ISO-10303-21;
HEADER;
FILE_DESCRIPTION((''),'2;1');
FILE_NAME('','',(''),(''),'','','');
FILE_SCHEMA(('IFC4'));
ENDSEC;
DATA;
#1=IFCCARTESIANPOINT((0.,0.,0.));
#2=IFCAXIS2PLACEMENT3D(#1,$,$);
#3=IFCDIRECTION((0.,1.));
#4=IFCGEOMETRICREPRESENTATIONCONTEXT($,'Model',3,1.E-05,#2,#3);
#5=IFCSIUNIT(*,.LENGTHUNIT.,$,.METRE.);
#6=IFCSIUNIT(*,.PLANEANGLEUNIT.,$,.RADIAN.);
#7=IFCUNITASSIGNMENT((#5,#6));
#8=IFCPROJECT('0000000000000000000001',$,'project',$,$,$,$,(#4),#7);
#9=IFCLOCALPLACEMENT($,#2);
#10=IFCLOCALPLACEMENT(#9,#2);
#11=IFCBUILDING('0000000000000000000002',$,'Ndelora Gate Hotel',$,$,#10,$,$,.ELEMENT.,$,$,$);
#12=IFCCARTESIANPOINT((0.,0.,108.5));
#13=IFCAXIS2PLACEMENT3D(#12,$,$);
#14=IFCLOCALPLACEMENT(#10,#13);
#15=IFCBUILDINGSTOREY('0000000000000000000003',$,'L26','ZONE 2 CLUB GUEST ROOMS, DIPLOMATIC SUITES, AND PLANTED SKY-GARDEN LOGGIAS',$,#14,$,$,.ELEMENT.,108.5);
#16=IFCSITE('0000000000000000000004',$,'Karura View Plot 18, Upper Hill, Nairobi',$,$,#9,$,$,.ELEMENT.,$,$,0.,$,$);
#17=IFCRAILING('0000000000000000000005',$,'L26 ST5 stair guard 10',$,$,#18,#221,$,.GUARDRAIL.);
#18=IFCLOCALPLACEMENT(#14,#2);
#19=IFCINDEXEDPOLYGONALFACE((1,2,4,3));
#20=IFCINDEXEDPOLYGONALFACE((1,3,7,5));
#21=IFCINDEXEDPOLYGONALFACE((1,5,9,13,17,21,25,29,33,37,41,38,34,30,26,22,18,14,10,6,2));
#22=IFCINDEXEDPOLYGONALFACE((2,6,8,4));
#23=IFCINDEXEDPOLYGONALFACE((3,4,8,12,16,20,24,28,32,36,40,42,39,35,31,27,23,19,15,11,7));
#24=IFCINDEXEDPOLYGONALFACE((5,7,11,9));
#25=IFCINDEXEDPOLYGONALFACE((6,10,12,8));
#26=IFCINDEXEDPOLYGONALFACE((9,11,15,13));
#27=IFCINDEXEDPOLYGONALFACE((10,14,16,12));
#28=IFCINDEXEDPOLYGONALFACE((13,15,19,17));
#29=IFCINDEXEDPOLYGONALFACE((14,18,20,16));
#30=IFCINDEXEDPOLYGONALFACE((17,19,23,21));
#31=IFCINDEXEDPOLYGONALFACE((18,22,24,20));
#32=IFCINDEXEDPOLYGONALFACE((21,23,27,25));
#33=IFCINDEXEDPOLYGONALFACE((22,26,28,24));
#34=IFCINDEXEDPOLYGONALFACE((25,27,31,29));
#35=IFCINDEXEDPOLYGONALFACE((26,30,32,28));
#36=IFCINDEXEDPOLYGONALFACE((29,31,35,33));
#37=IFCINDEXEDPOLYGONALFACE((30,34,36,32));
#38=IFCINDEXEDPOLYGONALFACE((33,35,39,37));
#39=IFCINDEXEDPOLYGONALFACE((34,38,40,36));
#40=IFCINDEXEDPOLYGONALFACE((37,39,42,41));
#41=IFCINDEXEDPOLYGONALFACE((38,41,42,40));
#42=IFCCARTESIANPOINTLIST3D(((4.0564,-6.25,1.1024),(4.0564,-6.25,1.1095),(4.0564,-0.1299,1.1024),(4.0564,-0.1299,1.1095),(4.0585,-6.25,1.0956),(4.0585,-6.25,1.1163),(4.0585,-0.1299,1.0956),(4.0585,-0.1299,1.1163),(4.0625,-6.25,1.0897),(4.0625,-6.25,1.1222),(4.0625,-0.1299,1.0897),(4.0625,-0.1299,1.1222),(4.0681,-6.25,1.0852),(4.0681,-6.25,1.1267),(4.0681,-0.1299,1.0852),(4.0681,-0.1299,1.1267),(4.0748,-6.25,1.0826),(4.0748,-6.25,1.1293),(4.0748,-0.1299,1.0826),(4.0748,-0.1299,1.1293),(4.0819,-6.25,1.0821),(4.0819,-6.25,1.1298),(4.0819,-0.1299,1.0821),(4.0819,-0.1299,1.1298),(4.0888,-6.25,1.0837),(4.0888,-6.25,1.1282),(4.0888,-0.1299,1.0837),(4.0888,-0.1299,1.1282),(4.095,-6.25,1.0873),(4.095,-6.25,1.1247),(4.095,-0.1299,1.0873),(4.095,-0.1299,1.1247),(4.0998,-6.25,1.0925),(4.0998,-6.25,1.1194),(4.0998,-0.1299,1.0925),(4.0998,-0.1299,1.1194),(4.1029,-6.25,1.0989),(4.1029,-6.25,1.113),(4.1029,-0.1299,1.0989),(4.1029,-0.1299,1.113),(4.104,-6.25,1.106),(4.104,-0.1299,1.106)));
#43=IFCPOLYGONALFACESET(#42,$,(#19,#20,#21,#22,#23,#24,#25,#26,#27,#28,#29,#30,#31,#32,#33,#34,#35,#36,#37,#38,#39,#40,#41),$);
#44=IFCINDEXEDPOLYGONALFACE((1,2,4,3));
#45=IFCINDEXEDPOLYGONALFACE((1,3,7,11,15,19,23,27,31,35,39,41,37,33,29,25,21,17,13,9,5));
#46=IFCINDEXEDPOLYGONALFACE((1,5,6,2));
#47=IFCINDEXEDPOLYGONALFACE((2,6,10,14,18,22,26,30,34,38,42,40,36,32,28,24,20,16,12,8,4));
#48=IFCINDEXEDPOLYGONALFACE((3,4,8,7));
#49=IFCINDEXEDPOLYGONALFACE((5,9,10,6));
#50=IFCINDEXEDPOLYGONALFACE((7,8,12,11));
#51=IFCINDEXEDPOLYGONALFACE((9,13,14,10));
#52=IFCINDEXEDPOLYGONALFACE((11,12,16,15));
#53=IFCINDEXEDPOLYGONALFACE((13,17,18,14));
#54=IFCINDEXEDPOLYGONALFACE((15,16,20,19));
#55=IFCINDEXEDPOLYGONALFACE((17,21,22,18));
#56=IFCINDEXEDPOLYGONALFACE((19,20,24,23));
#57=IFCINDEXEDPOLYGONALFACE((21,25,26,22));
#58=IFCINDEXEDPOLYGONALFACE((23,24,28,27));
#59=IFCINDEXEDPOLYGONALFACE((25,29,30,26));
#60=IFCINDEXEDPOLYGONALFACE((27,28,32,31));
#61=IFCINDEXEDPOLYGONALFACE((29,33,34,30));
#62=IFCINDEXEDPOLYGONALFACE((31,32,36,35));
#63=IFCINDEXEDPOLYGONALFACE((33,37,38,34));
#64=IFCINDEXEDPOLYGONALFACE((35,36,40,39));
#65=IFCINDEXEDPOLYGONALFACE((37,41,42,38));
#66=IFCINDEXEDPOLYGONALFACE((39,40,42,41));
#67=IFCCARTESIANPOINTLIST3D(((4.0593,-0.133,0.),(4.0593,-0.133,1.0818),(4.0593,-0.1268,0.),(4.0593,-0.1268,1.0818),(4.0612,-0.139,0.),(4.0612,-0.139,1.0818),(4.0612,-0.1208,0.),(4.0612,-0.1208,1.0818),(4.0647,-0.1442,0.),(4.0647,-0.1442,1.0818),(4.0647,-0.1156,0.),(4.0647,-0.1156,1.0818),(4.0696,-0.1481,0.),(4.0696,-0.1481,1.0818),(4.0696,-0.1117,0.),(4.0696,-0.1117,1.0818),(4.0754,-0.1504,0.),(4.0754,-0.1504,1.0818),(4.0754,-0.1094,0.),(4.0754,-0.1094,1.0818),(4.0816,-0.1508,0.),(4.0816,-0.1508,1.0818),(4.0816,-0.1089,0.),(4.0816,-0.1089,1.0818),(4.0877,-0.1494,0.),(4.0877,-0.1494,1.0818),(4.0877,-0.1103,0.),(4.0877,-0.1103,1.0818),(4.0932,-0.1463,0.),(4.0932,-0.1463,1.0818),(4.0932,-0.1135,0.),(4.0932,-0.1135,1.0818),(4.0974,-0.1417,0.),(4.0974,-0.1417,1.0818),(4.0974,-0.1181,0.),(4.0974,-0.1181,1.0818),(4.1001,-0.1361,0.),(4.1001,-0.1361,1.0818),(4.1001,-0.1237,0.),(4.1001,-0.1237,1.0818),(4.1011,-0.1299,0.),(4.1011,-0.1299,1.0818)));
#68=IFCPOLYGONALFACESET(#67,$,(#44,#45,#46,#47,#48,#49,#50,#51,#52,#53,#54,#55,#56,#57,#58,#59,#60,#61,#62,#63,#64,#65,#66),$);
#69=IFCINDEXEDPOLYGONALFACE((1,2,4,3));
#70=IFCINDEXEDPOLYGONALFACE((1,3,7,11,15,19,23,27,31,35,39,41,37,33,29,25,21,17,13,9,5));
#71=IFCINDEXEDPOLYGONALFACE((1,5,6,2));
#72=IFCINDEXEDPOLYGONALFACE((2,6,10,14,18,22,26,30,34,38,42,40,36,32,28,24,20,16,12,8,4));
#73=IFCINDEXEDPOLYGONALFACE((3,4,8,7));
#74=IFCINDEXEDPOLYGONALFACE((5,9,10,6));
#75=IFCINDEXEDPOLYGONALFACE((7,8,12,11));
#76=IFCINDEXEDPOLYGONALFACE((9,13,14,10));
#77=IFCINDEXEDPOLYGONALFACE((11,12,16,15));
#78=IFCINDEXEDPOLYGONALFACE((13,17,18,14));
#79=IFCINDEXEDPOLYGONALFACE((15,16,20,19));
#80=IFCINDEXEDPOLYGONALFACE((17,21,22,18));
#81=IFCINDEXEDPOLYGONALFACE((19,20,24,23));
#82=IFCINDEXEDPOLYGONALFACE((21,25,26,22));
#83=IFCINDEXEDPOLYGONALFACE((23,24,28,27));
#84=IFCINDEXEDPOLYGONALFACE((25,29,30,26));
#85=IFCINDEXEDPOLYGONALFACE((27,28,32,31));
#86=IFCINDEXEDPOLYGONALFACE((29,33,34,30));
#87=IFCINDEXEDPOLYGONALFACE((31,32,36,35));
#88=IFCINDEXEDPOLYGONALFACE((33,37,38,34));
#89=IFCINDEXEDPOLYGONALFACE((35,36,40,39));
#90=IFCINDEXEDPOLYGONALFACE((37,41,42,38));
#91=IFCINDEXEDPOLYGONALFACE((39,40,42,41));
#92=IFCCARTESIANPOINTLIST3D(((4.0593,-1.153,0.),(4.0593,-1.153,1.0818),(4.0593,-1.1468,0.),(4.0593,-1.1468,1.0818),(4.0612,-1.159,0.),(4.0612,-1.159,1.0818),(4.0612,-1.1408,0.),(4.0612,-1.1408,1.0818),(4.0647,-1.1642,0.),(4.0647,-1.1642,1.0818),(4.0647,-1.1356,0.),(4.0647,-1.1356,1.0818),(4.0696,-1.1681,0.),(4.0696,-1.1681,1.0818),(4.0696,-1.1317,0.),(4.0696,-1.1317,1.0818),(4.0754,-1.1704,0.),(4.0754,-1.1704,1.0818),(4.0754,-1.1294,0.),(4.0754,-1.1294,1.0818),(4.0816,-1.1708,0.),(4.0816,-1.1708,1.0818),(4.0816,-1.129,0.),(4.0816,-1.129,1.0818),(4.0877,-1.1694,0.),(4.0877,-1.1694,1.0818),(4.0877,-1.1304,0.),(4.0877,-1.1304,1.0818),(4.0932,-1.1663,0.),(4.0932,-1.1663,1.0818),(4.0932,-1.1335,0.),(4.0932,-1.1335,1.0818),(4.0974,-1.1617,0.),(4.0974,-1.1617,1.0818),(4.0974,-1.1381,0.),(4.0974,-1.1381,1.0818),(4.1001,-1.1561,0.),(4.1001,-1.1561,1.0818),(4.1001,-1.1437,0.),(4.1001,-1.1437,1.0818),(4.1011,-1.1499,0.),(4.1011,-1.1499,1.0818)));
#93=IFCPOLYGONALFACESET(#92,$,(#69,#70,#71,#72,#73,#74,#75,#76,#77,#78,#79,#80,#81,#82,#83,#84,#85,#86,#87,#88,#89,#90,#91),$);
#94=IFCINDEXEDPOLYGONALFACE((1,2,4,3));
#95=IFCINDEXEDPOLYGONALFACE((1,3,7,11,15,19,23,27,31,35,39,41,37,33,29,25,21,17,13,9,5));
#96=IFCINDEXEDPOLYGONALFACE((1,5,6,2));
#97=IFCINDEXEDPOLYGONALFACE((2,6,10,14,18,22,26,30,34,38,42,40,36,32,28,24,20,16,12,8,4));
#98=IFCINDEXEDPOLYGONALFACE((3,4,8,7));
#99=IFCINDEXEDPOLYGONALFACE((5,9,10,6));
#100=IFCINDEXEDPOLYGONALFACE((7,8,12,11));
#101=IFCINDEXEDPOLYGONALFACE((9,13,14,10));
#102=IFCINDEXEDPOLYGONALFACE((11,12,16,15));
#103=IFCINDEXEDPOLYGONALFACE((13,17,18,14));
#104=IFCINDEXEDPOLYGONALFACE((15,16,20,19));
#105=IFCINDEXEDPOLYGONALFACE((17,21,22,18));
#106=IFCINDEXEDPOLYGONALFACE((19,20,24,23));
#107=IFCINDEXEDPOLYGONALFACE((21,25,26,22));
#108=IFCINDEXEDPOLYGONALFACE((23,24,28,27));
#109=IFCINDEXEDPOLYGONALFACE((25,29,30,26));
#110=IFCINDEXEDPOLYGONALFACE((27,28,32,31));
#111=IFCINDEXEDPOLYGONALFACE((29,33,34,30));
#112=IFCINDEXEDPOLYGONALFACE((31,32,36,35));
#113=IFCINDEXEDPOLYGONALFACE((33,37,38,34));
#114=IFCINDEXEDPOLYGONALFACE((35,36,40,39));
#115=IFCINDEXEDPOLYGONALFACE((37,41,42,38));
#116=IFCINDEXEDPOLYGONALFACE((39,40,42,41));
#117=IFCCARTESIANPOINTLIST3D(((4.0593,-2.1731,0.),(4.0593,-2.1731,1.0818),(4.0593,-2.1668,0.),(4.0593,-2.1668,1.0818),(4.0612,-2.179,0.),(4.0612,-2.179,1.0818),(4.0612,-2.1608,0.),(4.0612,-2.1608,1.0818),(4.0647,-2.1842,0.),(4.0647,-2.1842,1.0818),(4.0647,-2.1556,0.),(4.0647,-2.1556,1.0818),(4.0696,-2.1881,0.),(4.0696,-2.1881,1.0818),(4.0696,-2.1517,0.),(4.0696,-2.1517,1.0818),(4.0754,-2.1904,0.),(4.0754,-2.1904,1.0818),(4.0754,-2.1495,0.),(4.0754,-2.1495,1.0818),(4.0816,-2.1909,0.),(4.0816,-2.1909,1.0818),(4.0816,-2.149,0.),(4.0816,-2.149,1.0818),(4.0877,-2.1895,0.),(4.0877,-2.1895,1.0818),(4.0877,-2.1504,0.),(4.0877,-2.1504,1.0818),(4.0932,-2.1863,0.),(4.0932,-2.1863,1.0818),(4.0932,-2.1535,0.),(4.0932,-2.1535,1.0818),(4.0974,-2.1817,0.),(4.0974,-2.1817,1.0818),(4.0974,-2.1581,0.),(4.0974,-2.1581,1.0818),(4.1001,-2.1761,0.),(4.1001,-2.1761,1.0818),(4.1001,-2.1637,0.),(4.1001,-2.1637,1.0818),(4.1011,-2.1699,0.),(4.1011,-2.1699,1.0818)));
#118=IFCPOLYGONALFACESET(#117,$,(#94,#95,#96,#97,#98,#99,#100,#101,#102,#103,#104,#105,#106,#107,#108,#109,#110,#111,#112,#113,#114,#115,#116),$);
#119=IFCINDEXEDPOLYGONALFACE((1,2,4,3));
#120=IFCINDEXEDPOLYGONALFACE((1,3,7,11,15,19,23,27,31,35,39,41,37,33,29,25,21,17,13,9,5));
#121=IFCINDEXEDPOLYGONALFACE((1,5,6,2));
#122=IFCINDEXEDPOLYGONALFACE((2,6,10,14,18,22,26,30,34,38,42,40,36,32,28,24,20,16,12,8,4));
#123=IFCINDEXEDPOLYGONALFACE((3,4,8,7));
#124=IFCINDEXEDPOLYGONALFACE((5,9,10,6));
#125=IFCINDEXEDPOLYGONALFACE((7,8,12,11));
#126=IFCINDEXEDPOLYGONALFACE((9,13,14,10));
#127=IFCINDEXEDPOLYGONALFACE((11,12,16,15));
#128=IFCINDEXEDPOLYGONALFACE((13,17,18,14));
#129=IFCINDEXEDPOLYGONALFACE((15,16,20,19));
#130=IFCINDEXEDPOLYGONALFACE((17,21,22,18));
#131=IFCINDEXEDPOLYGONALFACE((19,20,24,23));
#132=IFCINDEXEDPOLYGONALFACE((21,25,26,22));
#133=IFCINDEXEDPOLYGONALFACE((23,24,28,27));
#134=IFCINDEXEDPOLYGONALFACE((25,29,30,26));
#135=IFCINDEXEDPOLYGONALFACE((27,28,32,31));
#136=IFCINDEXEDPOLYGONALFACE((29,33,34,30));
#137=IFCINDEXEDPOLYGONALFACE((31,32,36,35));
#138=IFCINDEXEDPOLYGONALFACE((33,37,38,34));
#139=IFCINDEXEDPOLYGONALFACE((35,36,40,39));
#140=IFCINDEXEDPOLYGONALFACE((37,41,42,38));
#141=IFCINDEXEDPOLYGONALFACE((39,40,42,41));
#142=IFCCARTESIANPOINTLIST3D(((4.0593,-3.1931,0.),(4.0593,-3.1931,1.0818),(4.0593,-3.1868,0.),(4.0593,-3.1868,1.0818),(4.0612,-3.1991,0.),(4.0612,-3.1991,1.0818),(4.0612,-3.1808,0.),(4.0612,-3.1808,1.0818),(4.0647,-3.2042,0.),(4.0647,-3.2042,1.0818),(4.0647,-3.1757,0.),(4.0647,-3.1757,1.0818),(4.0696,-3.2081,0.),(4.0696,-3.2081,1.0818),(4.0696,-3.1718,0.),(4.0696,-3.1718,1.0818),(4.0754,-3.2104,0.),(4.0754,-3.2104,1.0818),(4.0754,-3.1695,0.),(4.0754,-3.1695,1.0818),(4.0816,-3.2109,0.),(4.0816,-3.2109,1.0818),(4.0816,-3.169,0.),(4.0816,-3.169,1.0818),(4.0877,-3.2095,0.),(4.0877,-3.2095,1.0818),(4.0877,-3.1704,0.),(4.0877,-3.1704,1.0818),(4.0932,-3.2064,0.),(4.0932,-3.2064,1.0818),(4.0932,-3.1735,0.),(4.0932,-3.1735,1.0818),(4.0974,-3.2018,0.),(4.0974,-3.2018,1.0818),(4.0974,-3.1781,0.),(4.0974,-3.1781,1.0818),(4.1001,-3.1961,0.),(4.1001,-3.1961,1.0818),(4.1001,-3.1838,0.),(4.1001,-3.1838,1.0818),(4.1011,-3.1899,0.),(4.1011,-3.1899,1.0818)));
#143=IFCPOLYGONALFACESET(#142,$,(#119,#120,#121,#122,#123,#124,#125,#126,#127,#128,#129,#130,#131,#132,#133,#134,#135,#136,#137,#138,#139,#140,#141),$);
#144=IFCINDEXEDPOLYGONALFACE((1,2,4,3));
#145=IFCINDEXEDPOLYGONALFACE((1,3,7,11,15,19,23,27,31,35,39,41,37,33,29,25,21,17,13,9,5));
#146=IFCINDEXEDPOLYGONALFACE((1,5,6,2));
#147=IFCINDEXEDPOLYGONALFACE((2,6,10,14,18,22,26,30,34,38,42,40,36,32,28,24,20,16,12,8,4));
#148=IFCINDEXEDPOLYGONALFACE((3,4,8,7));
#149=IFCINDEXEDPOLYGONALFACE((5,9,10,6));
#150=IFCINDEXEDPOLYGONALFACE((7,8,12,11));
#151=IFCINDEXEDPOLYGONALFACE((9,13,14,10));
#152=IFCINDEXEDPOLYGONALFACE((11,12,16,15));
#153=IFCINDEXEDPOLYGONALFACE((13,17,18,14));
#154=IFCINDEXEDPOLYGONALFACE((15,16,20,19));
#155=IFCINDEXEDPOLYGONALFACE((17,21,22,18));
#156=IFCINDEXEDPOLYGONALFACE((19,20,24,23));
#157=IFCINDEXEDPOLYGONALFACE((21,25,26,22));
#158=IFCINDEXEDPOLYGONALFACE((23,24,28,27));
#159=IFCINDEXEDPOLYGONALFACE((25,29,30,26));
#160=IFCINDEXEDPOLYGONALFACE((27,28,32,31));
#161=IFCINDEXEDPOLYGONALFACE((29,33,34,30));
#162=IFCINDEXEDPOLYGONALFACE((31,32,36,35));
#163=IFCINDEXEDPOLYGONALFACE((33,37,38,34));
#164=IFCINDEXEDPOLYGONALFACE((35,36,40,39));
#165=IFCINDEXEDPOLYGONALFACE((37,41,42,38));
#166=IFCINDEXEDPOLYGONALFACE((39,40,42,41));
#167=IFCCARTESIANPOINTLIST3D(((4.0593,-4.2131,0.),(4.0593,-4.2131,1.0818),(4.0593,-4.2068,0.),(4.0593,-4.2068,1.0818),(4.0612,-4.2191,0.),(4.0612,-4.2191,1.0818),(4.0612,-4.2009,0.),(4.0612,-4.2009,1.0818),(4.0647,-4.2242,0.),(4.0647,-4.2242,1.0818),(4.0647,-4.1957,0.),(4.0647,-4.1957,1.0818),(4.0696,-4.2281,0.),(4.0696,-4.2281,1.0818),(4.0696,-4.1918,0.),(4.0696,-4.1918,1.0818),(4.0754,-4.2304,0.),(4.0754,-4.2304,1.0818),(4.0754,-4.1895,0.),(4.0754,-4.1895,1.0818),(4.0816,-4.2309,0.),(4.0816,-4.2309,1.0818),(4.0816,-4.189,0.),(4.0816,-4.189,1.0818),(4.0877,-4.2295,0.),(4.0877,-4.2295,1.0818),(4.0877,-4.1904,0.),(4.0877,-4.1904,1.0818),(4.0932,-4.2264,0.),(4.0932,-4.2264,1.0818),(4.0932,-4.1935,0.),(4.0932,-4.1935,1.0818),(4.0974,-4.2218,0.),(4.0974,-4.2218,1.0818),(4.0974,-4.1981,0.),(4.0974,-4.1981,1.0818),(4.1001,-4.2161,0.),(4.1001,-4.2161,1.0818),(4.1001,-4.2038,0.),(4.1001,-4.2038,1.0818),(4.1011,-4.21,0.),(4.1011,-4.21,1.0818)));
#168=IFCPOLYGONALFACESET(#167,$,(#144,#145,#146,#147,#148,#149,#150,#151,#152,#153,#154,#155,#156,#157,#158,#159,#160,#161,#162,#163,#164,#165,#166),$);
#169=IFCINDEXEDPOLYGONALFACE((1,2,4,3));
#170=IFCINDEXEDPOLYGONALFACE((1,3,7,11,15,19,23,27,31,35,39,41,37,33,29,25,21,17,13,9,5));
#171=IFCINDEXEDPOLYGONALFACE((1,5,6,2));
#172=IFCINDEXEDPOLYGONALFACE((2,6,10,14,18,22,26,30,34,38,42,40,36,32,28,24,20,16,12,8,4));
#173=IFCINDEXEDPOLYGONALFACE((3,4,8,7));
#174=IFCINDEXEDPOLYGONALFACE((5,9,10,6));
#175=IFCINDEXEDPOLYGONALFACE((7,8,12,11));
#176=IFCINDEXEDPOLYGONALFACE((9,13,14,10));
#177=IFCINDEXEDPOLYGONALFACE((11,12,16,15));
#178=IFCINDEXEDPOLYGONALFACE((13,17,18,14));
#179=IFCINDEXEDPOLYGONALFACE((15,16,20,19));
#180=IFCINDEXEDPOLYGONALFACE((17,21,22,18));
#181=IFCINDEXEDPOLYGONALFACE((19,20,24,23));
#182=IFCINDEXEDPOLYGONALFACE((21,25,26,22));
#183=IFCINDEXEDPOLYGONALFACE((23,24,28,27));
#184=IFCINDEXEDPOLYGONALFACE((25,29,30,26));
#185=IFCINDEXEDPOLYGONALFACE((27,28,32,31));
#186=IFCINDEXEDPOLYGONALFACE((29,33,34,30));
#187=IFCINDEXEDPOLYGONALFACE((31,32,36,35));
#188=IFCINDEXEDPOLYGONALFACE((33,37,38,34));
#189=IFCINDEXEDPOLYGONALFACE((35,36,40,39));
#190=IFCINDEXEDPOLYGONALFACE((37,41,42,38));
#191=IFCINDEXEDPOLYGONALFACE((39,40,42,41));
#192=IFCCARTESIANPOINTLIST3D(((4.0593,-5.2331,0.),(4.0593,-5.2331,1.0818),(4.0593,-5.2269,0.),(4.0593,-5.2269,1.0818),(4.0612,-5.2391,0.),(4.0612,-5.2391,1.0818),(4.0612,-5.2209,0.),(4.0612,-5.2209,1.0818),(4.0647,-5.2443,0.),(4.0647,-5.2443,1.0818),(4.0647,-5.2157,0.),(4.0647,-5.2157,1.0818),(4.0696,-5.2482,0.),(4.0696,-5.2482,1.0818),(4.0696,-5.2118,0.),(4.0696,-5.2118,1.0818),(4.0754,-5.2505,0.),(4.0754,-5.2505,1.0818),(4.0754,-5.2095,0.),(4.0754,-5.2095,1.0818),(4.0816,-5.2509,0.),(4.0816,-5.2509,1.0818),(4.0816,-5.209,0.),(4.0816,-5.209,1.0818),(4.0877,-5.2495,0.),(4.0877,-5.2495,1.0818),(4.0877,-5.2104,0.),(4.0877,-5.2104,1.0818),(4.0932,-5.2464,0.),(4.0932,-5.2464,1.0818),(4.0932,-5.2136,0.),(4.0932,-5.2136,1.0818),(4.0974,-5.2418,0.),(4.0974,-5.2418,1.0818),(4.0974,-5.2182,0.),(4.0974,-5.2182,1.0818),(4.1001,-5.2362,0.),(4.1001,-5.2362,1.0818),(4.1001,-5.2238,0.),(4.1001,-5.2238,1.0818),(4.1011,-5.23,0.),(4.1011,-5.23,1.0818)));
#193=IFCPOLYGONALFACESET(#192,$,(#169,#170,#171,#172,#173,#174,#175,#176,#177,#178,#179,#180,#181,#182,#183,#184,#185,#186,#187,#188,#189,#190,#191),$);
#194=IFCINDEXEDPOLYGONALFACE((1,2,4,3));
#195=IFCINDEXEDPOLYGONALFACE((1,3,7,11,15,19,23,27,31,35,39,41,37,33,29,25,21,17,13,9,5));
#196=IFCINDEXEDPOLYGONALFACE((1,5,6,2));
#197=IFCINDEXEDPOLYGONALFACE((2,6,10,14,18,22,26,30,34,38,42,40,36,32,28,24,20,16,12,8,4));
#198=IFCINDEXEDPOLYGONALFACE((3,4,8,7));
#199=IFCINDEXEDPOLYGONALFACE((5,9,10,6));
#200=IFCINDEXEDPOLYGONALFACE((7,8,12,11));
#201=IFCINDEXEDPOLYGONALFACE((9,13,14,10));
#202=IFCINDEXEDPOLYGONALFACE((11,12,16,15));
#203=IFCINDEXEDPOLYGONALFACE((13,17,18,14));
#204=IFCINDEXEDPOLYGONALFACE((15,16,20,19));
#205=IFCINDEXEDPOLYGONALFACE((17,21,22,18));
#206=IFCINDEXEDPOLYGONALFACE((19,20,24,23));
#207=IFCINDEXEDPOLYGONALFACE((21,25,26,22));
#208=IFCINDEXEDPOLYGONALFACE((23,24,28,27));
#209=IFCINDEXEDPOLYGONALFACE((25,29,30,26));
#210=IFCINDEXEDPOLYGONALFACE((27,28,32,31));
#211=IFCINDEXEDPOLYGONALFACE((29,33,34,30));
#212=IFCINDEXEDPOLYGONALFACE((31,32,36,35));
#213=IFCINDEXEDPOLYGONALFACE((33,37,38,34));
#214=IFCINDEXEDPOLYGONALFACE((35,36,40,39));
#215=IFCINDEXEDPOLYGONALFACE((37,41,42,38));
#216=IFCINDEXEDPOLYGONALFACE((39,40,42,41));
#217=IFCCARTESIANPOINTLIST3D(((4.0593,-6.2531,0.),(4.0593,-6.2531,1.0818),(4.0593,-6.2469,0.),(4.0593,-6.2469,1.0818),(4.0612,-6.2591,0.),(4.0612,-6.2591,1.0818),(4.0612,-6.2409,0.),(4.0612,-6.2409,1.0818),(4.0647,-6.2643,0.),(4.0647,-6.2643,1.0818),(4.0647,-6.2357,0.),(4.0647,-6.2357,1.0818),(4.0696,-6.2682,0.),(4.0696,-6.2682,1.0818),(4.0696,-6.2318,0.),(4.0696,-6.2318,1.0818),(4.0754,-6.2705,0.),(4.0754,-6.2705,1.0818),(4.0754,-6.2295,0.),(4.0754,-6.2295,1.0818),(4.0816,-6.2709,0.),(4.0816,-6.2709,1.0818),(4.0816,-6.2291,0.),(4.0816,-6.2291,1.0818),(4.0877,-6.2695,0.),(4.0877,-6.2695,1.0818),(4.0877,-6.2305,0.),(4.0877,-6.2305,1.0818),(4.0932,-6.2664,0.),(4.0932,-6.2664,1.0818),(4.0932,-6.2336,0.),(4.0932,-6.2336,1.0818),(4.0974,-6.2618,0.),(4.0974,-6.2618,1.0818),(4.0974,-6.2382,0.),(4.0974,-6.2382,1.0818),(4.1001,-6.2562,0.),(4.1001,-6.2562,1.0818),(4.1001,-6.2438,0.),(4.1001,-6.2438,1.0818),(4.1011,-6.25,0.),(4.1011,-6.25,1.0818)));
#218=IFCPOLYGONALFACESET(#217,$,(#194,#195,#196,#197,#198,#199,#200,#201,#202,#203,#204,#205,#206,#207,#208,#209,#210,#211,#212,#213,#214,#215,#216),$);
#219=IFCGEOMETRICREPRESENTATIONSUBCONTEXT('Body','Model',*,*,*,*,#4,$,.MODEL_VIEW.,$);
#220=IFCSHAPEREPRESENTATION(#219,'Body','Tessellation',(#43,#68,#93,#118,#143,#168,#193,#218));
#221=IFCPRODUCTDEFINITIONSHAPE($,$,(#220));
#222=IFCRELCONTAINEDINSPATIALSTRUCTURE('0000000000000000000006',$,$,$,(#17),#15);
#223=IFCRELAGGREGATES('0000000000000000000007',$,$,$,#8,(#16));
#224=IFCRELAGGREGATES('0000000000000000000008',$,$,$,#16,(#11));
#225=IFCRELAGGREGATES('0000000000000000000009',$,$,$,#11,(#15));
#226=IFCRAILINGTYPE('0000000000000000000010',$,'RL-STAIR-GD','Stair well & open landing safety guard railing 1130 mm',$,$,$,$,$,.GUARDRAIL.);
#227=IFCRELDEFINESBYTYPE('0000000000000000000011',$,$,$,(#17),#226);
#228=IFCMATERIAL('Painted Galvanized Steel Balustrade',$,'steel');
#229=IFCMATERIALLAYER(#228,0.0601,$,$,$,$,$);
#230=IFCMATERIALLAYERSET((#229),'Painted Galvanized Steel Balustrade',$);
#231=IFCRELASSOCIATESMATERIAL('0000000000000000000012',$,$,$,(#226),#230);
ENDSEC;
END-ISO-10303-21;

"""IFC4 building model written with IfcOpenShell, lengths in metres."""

from ifc_helpers import new_model, si_unit, direction, frame, origin, origin_2d, place, context, subcontext, project, spatial, circle, extrude, material, layer, layer_set, type_object, element, save


model = new_model("IFC4")

# Units and contexts
model_context = context("Model", 3, precision=1e-05, world=origin(), true_north=direction((0.0, 1.0)))
body_context = subcontext(model_context, "Body", "Model", "MODEL_VIEW")
ifc_project = project(units=[si_unit("LENGTHUNIT", "METRE"), si_unit("PLANEANGLEUNIT", "RADIAN")], contexts=[model_context])

# Site, building, storey
site_placement = place(None, origin())
site = spatial("IfcSite", under=ifc_project, at=site_placement, Name="Karura View Plot 18, Upper Hill, Nairobi", CompositionType="ELEMENT", RefElevation=0.0)
building_placement = place(site_placement, origin())
building = spatial("IfcBuilding", under=site, at=building_placement, Name="Ndelora Gate Hotel", CompositionType="ELEMENT")
storey_placement = place(building_placement, frame((0.0, 0.0, 108.5)))
storey = spatial("IfcBuildingStorey", under=building, at=storey_placement, Name="L26", Description="ZONE 2 CLUB GUEST ROOMS, DIPLOMATIC SUITES, AND PLANTED SKY-GARDEN LOGGIAS", CompositionType="ELEMENT", Elevation=108.5)

# Railing
ifc_material_1 = material(Name="Painted Galvanized Steel Balustrade", Category="steel")
ifc_layer_1 = layer(ifc_material_1, 0.0601)
ifc_layer_set_1 = layer_set([ifc_layer_1], Name="Painted Galvanized Steel Balustrade")
railing_type_1 = type_object("IfcRailingType", Name="RL-STAIR-GD", Description="Stair well & open landing safety guard railing 1130 mm", PredefinedType="GUARDRAIL", material=ifc_layer_set_1)
railing_1_placement = place(storey_placement, frame((4.0801, -0.1299, 0.0)))
element("IfcRailing", 1, at=railing_1_placement, inside=storey, type_object=railing_type_1, Name="L26 ST5 stair guard 10", PredefinedType="GUARDRAIL", context=body_context, shape_type="SweptSolid", body=[
    extrude(circle(Radius=0.0239, at=origin_2d()), frame((0.0, 0.0, 1.106), z_axis=(0.0, -1.0, 0.0), x_axis=(1.0, 0.0, 0.0)), (0.0, 0.0, 1.0), 6.1201),
    extrude(circle(Radius=0.021, at=origin_2d()), origin(), (0.0, 0.0, 1.0), 1.0818),
    extrude(circle(Radius=0.021, at=origin_2d()), frame((0.0, -1.02, 0.0)), (0.0, 0.0, 1.0), 1.0818),
    extrude(circle(Radius=0.021, at=origin_2d()), frame((0.0, -2.04, 0.0)), (0.0, 0.0, 1.0), 1.0818),
    extrude(circle(Radius=0.021, at=origin_2d()), frame((0.0, -3.0601, 0.0)), (0.0, 0.0, 1.0), 1.0818),
    extrude(circle(Radius=0.021, at=origin_2d()), frame((0.0, -4.0801, 0.0)), (0.0, 0.0, 1.0), 1.0818),
    extrude(circle(Radius=0.021, at=origin_2d()), frame((0.0, -5.1001, 0.0)), (0.0, 0.0, 1.0), 1.0818),
    extrude(circle(Radius=0.021, at=origin_2d()), frame((0.0, -6.1201, 0.0)), (0.0, 0.0, 1.0), 1.0818),
])

save(model, "model.ifc")
